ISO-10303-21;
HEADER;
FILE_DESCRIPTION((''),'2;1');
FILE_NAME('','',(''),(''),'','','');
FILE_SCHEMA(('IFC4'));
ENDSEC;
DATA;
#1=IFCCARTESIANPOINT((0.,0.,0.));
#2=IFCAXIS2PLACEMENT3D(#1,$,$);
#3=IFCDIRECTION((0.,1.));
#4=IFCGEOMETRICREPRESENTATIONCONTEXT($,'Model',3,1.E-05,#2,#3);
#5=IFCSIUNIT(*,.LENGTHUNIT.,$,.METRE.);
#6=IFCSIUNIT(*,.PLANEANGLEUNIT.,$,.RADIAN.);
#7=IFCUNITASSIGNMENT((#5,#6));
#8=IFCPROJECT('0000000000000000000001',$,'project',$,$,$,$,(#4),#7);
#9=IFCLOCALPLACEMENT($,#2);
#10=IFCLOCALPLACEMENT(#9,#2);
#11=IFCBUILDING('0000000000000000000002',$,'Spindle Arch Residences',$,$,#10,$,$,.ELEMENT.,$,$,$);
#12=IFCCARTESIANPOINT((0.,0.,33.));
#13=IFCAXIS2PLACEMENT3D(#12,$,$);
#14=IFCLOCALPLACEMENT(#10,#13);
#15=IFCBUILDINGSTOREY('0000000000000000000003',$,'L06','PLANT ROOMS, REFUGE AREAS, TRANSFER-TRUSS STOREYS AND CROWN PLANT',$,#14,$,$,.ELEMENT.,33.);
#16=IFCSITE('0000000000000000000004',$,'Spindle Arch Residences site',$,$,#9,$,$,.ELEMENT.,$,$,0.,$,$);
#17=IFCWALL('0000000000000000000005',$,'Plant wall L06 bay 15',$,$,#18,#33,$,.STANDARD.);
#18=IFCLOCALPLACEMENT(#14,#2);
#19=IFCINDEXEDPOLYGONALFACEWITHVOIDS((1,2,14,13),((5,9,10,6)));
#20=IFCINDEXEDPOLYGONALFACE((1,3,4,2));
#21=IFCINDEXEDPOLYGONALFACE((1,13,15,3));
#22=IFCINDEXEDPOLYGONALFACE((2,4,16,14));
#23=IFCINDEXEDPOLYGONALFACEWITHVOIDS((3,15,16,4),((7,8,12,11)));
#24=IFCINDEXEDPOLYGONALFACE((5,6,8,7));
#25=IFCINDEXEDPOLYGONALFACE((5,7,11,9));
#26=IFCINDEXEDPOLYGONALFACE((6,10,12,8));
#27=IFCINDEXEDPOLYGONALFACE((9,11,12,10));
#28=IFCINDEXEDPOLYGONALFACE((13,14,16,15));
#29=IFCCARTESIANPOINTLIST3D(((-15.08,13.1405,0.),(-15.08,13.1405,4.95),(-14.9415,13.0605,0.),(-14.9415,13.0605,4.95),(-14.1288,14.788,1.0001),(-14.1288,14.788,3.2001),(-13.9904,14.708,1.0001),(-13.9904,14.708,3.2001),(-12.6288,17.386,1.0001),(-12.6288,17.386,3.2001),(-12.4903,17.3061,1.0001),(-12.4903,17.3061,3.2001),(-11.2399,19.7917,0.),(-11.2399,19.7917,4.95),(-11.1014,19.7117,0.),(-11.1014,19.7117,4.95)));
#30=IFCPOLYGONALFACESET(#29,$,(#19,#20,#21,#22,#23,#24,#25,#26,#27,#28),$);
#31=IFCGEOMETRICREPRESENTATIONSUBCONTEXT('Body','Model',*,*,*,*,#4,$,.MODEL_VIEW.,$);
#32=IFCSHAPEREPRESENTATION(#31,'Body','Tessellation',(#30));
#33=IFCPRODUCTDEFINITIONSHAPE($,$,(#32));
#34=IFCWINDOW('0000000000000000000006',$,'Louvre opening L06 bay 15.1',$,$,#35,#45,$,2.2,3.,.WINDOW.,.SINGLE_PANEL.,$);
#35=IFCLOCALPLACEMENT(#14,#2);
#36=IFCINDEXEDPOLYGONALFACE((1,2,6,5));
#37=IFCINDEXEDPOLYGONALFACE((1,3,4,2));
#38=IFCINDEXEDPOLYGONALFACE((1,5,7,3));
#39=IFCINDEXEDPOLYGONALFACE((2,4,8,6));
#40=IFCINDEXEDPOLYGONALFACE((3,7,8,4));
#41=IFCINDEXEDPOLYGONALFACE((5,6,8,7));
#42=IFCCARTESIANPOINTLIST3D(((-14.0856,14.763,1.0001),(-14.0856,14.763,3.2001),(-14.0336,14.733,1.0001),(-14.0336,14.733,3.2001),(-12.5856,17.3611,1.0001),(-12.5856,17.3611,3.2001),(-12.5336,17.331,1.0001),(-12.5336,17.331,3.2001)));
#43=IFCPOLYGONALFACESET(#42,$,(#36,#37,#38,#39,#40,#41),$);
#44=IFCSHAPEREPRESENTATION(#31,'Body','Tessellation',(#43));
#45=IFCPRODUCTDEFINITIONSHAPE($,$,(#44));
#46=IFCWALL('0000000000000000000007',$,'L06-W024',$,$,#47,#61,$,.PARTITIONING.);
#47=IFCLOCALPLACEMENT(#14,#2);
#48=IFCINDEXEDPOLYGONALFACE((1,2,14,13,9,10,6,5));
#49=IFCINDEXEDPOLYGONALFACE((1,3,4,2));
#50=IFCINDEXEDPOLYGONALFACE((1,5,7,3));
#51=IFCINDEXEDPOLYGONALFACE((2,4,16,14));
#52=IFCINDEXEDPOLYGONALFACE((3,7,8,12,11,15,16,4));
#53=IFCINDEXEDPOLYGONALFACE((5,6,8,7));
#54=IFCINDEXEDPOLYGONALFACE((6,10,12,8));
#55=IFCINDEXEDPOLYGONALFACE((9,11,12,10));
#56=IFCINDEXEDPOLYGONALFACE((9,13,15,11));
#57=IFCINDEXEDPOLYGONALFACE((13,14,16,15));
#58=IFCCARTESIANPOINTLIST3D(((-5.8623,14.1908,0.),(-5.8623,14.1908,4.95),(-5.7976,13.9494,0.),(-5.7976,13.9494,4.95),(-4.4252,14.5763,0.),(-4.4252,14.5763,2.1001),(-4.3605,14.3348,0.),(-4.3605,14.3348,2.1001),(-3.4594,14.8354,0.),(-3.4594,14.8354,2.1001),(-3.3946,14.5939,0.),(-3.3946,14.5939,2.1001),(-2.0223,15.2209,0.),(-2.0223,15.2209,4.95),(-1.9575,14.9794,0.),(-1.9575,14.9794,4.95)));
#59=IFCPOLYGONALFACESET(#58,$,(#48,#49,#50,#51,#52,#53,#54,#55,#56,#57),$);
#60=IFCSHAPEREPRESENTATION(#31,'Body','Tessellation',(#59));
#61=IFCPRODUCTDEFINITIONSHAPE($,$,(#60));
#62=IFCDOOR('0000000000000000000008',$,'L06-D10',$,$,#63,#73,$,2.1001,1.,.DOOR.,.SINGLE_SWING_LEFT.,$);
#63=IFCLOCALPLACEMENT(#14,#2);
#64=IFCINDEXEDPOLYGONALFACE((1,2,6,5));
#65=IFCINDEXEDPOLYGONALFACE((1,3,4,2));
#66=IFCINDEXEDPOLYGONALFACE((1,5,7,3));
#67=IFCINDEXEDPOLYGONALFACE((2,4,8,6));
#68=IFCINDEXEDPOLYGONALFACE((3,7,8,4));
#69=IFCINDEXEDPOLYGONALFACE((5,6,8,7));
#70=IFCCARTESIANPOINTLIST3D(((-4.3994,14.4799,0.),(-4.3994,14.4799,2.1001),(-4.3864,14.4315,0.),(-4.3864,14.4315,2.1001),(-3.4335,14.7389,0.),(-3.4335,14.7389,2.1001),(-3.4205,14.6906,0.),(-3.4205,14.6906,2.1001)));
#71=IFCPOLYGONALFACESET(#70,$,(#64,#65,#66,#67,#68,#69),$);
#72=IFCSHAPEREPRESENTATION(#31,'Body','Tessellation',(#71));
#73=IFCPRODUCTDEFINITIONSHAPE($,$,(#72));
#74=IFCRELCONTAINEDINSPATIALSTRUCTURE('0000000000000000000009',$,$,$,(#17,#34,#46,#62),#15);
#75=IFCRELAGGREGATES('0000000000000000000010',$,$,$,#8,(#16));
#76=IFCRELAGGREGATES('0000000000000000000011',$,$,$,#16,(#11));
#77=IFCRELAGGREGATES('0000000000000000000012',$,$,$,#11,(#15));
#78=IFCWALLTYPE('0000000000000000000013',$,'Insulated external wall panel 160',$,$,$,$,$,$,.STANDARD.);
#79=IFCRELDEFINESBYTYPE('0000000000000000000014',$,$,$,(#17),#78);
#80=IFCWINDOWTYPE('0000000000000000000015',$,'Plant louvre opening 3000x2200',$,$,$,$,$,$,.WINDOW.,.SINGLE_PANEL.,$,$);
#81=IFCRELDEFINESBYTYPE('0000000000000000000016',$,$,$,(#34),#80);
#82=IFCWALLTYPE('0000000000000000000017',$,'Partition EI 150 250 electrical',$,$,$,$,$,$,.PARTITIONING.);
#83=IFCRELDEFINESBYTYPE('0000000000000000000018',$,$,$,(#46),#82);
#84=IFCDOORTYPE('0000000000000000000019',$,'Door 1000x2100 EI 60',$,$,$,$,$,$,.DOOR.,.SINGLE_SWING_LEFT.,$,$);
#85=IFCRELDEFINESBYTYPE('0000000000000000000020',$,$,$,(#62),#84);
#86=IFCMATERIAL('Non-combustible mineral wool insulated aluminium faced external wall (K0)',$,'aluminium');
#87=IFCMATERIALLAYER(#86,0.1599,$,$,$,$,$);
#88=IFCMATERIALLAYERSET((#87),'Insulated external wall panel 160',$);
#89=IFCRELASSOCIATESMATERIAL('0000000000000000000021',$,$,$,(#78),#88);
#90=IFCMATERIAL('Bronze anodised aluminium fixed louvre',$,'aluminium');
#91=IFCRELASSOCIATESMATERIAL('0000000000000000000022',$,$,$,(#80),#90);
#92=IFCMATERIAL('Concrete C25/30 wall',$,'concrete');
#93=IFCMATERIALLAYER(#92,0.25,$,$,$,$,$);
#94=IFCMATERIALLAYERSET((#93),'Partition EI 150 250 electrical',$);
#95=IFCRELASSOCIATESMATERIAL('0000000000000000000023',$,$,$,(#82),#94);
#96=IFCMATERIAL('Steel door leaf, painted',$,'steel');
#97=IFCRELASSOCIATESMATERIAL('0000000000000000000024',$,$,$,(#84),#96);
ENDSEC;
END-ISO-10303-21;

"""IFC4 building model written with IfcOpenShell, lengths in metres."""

from ifc_helpers import new_model, si_unit, direction, frame, frame_2d, origin, place, context, subcontext, project, spatial, rectangle, extrude, material, layer, layer_set, type_object, element, fill, save


model = new_model("IFC4")

# Units and contexts
model_context = context("Model", 3, precision=1e-05, world=origin(), true_north=direction((0.0, 1.0)))
body_context = subcontext(model_context, "Body", "Model", "MODEL_VIEW")
ifc_project = project(units=[si_unit("LENGTHUNIT", "METRE"), si_unit("PLANEANGLEUNIT", "RADIAN")], contexts=[model_context])

# Site, building, storey
site_placement = place(None, origin())
site = spatial("IfcSite", under=ifc_project, at=site_placement, Name="Spindle Arch Residences site", CompositionType="ELEMENT", RefElevation=0.0)
building_placement = place(site_placement, origin())
building = spatial("IfcBuilding", under=site, at=building_placement, Name="Spindle Arch Residences", CompositionType="ELEMENT")
storey_placement = place(building_placement, frame((0.0, 0.0, 33.0)))
storey = spatial("IfcBuildingStorey", under=building, at=storey_placement, Name="L06", Description="PLANT ROOMS, REFUGE AREAS, TRANSFER-TRUSS STOREYS AND CROWN PLANT", CompositionType="ELEMENT", Elevation=33.0)

# Shared definitions
ifc_material_1 = material(Name="Non-combustible mineral wool insulated aluminium faced external wall (K0)", Category="aluminium")
ifc_layer_1 = layer(ifc_material_1, 0.1599)
ifc_layer_set_1 = layer_set([ifc_layer_1], Name="Insulated external wall panel 160")
wall_type_1 = type_object("IfcWallType", Name="Insulated external wall panel 160", PredefinedType="STANDARD", material=ifc_layer_set_1)

# Wall, opening, window
ifc_material_2 = material(Name="Bronze anodised aluminium fixed louvre", Category="aluminium")
window_type = type_object("IfcWindowType", Name="Plant louvre opening 3000x2200", PartitioningType="SINGLE_PANEL", PredefinedType="WINDOW", material=ifc_material_2)
wall_1_placement = place(storey_placement, frame((-11.1707, 19.7517, 0.0), z_axis=(0.0, 0.0, 1.0), x_axis=(-0.500006, -0.866022, 0.0)))
wall_1 = element("IfcWall", 1, at=wall_1_placement, inside=storey, type_object=wall_type_1, Name="Plant wall L06 bay 15", PredefinedType="STANDARD", context=body_context, shape_type="SweptSolid", body=[
    extrude(rectangle(XDim=7.6802, YDim=0.1599, at=frame_2d((3.8401, 0.0))), origin(), (0.0, 0.0, 1.0), 4.95),
])
opening_1_placement = place(wall_1_placement, frame((2.7778, 0.0, 1.0)))
opening_1 = element("IfcOpeningElement", 2, at=opening_1_placement, cuts=wall_1, PredefinedType="OPENING", context=body_context, shape_type="SweptSolid", body=[
    extrude(rectangle(XDim=3.0, YDim=2.2, at=frame_2d((1.5, 1.1001))), frame((0.0, 0.0898, 0.0), z_axis=(0.0, -1.0, 0.0), x_axis=(1.0, 0.0, 0.0)), (0.0, 0.0, 1.0), 0.1799),
])
window_1_placement = place(opening_1_placement, origin())
window_1 = element("IfcWindow", 3, at=window_1_placement, inside=storey, type_object=window_type, Name="Louvre opening L06 bay 15.1", OverallHeight=2.2, OverallWidth=3.0, PartitioningType="SINGLE_PANEL", PredefinedType="WINDOW", context=body_context, shape_type="SweptSolid", body=[
    extrude(rectangle(XDim=3.0, YDim=2.2, at=frame_2d((1.5, 1.1001))), frame((0.0, 0.03, 0.0), z_axis=(0.0, -1.0, 0.0), x_axis=(1.0, 0.0, 0.0)), (0.0, 0.0, 1.0), 0.0601),
])
fill(opening_1, window_1)

# Wall, opening, door
ifc_material_3 = material(Name="Concrete C25/30 wall", Category="concrete")
ifc_layer_2 = layer(ifc_material_3, 0.25)
ifc_layer_set_2 = layer_set([ifc_layer_2], Name="Partition EI 150 250 electrical")
wall_type_2 = type_object("IfcWallType", Name="Partition EI 150 250 electrical", PredefinedType="PARTITIONING", material=ifc_layer_set_2)
wall_2_placement = place(storey_placement, frame((-1.99, 15.1001, 0.0), z_axis=(0.0, 0.0, 1.0), x_axis=(-0.965858, -0.259073, 0.0)))
wall_2 = element("IfcWall", 4, at=wall_2_placement, inside=storey, type_object=wall_type_2, Name="L06-W024", PredefinedType="PARTITIONING", context=body_context, shape_type="SweptSolid", body=[
    extrude(rectangle(XDim=3.9758, YDim=0.25, at=frame_2d((1.9878, 0.0))), origin(), (0.0, 0.0, 1.0), 4.95),
])
opening_2_placement = place(wall_2_placement, frame((1.4878, 0.0, 0.0)))
opening_2 = element("IfcOpeningElement", 5, at=opening_2_placement, cuts=wall_2, PredefinedType="OPENING", context=body_context, shape_type="SweptSolid", body=[
    extrude(rectangle(XDim=1.0, YDim=2.1001, at=frame_2d((0.5, 1.05))), frame((0.0, 0.135, 0.0), z_axis=(0.0, -1.0, 0.0), x_axis=(1.0, 0.0, 0.0)), (0.0, 0.0, 1.0), 0.27),
])
ifc_material_4 = material(Name="Steel door leaf, painted", Category="steel")
door_type = type_object("IfcDoorType", Name="Door 1000x2100 EI 60", OperationType="SINGLE_SWING_LEFT", PredefinedType="DOOR", material=ifc_material_4)
door_placement = place(opening_2_placement, origin())
door = element("IfcDoor", 6, at=door_placement, inside=storey, type_object=door_type, Name="L06-D10", OperationType="SINGLE_SWING_LEFT", OverallHeight=2.1001, OverallWidth=1.0, PredefinedType="DOOR", context=body_context, shape_type="SweptSolid", body=[
    extrude(rectangle(XDim=1.0, YDim=2.1001, at=frame_2d((0.5, 1.05))), frame((0.0, 0.0249, 0.0), z_axis=(0.0, -1.0, 0.0), x_axis=(1.0, 0.0, 0.0)), (0.0, 0.0, 1.0), 0.05),
])
fill(opening_2, door)

save(model, "model.ifc")
